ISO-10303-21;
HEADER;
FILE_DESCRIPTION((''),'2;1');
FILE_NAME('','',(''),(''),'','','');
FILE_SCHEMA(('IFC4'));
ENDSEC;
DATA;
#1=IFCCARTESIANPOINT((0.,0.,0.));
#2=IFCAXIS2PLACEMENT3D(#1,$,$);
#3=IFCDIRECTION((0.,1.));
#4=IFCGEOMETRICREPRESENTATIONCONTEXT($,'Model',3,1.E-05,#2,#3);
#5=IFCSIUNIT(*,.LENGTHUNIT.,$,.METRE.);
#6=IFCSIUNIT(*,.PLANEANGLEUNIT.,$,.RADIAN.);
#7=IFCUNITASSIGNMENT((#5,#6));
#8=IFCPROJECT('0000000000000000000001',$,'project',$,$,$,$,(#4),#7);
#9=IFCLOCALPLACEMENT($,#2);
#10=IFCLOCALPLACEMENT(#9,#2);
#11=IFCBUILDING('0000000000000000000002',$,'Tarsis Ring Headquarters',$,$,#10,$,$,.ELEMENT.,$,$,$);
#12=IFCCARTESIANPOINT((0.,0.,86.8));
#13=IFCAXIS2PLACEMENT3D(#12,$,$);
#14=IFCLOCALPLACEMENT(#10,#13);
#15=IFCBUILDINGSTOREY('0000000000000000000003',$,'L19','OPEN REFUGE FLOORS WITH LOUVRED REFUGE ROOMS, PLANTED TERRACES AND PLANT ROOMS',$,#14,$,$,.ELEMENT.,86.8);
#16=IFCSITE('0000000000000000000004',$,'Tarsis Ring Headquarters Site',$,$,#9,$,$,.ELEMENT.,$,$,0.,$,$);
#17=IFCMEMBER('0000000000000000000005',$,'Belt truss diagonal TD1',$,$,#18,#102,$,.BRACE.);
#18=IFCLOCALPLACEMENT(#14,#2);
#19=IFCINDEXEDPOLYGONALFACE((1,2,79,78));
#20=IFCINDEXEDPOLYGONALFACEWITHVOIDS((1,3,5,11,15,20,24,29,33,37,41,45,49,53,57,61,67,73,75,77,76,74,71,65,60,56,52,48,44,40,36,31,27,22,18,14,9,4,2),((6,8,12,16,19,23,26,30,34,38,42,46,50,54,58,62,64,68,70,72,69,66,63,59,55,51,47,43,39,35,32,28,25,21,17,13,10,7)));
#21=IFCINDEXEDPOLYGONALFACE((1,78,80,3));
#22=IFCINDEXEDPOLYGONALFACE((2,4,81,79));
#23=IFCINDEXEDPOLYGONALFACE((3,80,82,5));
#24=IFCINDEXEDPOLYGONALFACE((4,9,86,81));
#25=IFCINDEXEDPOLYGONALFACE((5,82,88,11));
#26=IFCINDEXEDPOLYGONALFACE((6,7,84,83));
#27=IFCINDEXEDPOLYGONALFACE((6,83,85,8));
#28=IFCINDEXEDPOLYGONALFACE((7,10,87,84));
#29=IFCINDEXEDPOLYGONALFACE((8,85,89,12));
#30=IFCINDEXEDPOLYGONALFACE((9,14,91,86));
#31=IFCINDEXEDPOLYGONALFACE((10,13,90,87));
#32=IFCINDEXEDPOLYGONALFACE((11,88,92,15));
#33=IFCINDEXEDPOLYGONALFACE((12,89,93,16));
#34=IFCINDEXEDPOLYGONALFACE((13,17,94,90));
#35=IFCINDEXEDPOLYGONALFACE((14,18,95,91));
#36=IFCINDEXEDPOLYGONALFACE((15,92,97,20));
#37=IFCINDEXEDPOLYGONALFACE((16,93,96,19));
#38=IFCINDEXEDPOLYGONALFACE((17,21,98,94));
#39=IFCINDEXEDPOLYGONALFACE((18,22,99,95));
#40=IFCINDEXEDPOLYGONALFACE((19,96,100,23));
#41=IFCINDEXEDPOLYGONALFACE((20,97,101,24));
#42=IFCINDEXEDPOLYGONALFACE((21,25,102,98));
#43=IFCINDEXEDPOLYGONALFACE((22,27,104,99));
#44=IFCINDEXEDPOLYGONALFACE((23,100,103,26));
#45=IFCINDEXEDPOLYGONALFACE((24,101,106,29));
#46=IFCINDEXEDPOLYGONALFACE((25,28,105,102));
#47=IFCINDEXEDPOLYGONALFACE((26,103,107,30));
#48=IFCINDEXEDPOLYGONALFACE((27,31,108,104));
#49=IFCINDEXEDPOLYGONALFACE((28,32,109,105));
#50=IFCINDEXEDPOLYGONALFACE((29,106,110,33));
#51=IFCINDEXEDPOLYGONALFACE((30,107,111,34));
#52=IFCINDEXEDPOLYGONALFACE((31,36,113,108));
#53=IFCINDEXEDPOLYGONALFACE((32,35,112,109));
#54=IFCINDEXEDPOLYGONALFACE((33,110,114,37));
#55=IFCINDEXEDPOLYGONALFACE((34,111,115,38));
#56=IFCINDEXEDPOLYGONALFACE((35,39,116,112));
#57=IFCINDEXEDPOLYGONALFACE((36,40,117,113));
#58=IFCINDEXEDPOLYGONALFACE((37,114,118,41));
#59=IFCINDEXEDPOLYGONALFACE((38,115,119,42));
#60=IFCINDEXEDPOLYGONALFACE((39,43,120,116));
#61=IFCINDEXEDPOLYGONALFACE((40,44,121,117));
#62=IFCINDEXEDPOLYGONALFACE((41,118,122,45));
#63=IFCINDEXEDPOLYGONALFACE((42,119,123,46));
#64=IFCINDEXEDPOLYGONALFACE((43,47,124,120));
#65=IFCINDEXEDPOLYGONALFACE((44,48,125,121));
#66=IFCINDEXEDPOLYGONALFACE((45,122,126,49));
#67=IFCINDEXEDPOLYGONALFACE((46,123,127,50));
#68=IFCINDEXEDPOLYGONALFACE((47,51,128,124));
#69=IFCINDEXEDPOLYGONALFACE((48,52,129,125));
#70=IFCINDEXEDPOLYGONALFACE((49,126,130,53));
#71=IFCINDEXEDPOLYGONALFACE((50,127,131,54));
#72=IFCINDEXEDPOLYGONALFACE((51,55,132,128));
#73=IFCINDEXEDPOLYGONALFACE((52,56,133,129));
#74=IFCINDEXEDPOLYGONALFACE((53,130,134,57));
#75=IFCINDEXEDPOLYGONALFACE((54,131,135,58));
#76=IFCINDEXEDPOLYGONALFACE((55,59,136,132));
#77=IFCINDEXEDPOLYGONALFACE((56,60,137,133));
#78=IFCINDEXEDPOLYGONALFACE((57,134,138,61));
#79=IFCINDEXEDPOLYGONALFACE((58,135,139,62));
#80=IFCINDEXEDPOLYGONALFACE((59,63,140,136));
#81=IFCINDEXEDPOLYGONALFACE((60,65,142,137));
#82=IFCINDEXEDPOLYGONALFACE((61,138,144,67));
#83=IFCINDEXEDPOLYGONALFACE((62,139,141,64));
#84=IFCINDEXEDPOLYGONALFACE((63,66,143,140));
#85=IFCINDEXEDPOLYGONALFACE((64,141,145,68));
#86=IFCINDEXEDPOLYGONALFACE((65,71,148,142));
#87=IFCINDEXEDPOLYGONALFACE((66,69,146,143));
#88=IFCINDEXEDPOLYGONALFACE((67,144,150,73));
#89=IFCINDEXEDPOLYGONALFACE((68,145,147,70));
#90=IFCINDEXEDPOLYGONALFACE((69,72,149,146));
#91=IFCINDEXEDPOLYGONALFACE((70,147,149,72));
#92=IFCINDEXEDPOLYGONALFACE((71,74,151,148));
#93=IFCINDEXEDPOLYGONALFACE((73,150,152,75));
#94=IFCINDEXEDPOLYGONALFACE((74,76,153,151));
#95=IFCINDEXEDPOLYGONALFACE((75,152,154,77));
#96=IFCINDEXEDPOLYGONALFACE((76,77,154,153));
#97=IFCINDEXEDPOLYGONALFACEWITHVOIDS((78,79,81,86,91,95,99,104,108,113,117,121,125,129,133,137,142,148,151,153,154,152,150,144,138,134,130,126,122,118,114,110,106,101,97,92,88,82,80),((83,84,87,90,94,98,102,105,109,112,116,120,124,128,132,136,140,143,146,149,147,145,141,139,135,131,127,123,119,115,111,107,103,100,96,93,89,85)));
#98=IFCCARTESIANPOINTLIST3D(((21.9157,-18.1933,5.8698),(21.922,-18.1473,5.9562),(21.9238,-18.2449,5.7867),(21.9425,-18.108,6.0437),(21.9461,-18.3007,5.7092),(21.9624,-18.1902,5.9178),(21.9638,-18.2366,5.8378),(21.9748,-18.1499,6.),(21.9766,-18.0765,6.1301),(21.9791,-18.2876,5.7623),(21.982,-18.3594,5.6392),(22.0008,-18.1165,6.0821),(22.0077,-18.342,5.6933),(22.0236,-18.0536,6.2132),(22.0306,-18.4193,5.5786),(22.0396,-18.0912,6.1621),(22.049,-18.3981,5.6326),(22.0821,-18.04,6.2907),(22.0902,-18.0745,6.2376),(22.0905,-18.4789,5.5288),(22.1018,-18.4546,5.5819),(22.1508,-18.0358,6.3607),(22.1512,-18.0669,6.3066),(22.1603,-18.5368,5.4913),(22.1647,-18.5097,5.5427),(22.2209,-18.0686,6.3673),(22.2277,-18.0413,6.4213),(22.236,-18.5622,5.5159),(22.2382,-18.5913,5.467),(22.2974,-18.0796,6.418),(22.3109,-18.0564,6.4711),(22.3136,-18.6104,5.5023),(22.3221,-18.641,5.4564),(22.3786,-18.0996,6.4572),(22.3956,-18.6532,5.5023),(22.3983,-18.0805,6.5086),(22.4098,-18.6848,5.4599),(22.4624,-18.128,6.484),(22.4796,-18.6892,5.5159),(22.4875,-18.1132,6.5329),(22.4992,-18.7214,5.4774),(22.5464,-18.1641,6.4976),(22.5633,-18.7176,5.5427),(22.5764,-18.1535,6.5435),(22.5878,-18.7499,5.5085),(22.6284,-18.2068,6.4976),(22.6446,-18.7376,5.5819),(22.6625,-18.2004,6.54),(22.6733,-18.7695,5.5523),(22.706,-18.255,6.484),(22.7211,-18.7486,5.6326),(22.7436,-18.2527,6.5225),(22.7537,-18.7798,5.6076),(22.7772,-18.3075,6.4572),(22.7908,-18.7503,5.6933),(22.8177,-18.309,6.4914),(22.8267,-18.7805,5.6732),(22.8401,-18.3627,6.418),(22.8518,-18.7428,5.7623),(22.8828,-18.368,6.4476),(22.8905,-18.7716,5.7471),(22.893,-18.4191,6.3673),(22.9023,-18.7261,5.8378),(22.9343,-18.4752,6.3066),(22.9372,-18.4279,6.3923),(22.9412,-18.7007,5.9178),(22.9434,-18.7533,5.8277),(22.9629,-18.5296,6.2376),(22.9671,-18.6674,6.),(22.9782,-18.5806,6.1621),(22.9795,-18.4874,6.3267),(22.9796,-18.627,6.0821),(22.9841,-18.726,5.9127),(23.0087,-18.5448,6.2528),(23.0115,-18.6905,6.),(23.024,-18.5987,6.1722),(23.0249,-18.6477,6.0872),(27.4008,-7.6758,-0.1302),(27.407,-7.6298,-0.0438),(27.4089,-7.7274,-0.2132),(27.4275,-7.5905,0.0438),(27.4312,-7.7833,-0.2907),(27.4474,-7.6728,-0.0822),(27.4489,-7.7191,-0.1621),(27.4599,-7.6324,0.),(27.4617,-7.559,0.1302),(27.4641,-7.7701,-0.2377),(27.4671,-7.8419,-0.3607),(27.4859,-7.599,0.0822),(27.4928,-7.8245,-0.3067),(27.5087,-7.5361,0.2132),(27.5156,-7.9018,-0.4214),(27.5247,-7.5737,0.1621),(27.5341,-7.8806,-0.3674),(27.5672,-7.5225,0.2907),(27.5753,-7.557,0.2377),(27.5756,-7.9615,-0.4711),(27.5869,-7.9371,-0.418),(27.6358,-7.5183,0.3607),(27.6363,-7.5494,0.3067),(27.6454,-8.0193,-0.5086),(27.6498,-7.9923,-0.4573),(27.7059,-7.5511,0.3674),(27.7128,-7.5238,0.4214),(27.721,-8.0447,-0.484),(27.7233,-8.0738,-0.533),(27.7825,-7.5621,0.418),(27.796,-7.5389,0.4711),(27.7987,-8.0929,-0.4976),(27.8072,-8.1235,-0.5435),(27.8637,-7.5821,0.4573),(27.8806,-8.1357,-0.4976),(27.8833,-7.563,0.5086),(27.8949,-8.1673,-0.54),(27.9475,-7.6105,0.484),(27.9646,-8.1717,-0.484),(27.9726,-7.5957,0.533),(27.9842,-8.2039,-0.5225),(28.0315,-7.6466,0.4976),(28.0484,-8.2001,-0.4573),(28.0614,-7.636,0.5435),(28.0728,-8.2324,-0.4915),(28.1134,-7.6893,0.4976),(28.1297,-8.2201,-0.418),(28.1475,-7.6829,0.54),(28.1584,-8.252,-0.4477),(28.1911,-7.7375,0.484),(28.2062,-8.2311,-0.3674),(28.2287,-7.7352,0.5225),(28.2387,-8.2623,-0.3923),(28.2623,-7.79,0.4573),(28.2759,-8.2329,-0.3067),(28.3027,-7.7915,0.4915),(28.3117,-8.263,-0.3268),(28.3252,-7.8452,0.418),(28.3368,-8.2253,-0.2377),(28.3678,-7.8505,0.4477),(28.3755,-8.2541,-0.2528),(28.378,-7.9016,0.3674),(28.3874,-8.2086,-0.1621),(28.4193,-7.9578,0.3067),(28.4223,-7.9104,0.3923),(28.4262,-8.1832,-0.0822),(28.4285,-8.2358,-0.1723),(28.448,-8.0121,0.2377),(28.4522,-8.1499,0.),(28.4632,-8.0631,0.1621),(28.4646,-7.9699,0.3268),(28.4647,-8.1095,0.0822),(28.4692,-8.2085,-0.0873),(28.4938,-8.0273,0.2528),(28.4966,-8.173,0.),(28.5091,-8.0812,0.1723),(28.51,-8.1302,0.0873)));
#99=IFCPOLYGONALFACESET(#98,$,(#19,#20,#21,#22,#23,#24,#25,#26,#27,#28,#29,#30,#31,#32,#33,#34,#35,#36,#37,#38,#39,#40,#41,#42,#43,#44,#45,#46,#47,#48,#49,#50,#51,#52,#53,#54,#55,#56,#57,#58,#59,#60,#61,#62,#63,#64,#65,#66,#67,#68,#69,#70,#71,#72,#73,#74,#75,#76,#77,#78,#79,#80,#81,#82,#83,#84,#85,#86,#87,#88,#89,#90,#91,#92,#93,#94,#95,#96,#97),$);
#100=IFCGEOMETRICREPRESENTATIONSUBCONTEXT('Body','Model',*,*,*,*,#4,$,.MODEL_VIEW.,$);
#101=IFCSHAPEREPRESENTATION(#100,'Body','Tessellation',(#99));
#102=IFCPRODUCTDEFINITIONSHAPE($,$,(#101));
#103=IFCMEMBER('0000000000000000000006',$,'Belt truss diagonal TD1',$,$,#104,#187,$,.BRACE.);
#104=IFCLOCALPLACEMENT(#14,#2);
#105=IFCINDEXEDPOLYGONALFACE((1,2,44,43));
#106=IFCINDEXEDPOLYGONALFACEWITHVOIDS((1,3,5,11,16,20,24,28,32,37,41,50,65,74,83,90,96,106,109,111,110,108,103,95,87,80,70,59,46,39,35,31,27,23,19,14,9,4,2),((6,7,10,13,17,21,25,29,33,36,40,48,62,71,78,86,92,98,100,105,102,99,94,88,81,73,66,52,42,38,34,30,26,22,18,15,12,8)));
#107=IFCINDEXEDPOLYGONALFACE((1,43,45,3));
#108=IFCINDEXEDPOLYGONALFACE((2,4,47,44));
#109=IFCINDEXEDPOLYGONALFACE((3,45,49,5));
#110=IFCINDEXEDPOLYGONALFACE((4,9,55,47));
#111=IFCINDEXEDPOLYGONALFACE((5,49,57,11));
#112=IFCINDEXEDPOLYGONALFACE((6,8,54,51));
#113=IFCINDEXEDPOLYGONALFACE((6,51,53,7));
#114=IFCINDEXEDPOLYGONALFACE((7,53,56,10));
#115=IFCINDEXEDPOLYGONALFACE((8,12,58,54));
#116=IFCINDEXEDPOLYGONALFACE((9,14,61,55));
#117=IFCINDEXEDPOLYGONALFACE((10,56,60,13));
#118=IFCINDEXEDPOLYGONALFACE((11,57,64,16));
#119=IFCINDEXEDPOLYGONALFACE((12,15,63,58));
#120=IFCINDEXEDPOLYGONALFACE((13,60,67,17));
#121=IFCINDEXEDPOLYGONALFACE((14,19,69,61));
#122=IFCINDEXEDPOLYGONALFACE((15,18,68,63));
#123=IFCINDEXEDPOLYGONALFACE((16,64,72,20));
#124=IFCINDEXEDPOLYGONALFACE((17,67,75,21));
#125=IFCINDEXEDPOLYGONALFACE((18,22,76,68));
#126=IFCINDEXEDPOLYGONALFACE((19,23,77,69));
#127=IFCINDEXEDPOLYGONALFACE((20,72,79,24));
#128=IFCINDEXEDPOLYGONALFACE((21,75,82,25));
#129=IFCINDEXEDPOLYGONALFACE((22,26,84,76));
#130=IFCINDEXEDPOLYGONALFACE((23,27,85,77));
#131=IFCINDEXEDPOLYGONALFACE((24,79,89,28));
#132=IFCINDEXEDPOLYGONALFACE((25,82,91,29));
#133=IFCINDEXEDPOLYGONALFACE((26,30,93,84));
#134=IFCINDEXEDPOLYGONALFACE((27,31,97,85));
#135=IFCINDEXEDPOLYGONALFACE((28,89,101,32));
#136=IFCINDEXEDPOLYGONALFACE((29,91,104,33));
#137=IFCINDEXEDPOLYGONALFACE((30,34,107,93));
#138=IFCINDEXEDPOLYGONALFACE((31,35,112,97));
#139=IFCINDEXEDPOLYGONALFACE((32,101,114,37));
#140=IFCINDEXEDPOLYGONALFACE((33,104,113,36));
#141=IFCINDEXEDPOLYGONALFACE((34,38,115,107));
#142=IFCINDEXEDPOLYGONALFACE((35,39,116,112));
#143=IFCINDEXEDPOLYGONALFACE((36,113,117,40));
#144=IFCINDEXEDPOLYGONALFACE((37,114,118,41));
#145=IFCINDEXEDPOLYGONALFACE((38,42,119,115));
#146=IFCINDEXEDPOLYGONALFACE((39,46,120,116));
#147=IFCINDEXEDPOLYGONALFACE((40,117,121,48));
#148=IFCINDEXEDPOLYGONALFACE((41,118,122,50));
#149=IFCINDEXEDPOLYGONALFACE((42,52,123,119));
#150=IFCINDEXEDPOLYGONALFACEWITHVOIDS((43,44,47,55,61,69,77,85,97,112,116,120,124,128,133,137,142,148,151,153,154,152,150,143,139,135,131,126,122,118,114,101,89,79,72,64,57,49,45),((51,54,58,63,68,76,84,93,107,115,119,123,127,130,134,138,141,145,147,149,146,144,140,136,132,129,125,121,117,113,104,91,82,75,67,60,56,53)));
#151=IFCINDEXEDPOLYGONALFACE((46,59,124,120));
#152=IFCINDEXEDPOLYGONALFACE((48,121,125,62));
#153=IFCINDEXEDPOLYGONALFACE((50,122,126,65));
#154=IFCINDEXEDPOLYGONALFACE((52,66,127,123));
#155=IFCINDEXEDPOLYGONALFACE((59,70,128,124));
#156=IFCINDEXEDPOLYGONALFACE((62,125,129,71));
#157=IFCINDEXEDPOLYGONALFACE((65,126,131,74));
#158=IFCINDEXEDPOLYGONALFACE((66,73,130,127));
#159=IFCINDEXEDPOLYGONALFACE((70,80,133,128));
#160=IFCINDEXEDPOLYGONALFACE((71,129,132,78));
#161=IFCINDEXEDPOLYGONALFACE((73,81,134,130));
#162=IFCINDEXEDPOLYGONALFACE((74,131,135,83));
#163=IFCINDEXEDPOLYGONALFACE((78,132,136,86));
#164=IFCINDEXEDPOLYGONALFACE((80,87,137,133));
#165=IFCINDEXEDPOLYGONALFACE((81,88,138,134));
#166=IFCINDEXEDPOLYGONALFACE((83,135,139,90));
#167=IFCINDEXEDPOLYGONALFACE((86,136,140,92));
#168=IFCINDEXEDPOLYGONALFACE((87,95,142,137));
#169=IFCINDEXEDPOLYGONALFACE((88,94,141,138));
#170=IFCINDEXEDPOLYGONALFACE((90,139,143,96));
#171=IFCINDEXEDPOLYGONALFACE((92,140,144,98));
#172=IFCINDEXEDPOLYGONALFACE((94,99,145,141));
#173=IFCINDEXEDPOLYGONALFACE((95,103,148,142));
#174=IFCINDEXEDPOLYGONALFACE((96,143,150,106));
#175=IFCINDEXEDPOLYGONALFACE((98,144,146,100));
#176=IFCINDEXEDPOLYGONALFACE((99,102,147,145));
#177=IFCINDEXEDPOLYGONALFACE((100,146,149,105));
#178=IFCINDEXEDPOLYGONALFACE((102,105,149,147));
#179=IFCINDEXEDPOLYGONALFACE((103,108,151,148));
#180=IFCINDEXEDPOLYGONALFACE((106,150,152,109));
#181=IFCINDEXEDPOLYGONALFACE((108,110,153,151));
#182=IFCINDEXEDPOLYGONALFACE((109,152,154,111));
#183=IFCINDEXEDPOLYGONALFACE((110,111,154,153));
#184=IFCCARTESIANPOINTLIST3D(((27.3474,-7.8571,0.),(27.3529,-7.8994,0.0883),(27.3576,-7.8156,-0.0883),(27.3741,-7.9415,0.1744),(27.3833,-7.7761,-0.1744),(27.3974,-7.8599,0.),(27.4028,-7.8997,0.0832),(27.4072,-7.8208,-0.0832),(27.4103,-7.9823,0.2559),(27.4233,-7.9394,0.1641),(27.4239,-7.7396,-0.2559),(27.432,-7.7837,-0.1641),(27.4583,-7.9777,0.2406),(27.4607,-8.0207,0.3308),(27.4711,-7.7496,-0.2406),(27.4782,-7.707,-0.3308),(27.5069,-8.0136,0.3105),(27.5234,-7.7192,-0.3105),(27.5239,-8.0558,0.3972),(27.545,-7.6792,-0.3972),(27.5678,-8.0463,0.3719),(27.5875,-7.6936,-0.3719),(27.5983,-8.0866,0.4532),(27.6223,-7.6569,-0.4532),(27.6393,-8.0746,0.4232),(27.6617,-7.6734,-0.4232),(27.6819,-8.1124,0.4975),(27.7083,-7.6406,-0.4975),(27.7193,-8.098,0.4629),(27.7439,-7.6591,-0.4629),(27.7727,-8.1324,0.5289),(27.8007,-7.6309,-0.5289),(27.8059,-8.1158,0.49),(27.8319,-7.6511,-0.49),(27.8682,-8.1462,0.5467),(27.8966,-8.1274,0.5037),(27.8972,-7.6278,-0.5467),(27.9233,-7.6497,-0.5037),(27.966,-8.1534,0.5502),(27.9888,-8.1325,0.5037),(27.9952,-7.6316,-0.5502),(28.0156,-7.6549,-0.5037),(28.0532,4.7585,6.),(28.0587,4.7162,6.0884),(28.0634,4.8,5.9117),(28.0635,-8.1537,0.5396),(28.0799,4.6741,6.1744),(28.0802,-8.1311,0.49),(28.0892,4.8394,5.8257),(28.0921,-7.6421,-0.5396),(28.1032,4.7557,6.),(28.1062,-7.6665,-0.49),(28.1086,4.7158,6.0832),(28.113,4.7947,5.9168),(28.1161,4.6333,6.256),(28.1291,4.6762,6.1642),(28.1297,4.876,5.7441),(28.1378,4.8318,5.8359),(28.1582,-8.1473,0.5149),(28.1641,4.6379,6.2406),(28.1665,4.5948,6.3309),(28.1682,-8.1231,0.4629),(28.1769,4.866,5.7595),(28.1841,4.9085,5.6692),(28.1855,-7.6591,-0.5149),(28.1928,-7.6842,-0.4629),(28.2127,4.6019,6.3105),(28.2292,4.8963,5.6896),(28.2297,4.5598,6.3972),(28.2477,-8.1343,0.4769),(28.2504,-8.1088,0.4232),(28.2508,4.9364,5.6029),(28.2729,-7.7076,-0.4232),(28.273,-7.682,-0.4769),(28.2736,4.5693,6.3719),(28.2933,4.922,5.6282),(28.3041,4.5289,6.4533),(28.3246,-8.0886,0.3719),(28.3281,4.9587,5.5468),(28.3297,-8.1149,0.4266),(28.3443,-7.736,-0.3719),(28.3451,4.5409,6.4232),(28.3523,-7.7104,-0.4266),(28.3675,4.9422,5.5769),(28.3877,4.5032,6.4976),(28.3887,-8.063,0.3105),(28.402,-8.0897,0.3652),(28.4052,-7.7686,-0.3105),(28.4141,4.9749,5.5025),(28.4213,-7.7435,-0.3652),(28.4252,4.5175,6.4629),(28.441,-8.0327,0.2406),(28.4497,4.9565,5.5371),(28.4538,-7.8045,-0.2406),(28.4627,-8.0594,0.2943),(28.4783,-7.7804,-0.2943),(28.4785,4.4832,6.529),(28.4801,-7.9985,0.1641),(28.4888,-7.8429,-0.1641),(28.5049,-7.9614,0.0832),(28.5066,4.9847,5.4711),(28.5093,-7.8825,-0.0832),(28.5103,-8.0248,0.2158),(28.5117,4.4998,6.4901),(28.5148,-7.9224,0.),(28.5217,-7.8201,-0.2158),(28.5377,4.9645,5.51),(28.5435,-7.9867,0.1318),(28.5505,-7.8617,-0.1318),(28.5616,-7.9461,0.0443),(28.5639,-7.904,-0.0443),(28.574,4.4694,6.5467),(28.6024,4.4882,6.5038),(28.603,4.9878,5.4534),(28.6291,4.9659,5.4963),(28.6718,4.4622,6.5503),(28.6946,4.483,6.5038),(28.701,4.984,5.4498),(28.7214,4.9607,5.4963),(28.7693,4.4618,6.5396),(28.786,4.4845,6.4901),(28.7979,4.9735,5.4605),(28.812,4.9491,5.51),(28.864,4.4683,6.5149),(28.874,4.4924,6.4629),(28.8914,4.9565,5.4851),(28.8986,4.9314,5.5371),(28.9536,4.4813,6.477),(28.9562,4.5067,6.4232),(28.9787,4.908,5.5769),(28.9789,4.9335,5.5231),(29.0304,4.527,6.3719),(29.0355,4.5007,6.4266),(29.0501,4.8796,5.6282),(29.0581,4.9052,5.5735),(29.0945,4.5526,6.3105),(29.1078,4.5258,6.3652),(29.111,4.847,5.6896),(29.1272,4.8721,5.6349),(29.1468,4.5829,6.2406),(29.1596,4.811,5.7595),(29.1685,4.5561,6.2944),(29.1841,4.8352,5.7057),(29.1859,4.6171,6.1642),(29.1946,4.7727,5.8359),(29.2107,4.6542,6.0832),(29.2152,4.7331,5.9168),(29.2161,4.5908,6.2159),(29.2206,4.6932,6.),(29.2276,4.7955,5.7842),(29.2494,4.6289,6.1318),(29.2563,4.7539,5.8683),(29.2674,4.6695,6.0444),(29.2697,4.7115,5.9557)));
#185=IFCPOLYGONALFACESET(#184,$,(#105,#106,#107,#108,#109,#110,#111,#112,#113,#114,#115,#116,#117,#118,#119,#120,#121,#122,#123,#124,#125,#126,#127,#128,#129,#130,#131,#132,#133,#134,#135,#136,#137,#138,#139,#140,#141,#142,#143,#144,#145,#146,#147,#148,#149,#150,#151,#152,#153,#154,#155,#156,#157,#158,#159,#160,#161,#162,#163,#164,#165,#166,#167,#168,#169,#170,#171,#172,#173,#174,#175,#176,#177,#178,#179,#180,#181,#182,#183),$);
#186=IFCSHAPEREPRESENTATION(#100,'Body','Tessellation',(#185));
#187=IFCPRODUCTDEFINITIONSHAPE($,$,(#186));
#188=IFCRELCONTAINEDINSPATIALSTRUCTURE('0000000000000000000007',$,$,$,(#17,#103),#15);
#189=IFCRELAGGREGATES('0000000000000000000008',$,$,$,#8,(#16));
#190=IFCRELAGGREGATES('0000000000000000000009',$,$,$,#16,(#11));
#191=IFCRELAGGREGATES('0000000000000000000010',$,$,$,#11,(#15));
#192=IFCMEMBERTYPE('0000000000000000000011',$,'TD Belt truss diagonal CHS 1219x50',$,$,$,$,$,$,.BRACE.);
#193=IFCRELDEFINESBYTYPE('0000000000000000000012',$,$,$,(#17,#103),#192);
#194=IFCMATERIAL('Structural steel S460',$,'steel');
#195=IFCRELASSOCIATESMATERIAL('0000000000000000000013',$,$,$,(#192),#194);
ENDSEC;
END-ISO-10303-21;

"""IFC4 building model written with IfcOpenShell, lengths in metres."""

from ifc_helpers import new_model, si_unit, direction, frame, origin, origin_2d, place, context, subcontext, project, spatial, hollow_circle, extrude, material, material_profile, profile_set, type_object, element, save


model = new_model("IFC4")

# Units and contexts
model_context = context("Model", 3, precision=1e-05, world=origin(), true_north=direction((0.0, 1.0)))
body_context = subcontext(model_context, "Body", "Model", "MODEL_VIEW")
ifc_project = project(units=[si_unit("LENGTHUNIT", "METRE"), si_unit("PLANEANGLEUNIT", "RADIAN")], contexts=[model_context])

# Site, building, storey
site_placement = place(None, origin())
site = spatial("IfcSite", under=ifc_project, at=site_placement, Name="Tarsis Ring Headquarters Site", CompositionType="ELEMENT", RefElevation=0.0)
building_placement = place(site_placement, origin())
building = spatial("IfcBuilding", under=site, at=building_placement, Name="Tarsis Ring Headquarters", CompositionType="ELEMENT")
storey_placement = place(building_placement, frame((0.0, 0.0, 86.8)))
storey = spatial("IfcBuildingStorey", under=building, at=storey_placement, Name="L19", Description="OPEN REFUGE FLOORS WITH LOUVRED REFUGE ROOMS, PLANTED TERRACES AND PLANT ROOMS", CompositionType="ELEMENT", Elevation=86.8)

# Shared definitions
ifc_material_1 = material(Name="Structural steel S460", Category="steel")
ifc_material_profile_1 = material_profile(ifc_material_1, hollow_circle(Radius=0.6096, WallThickness=0.05, at=origin_2d()), Name="CHS 1219x50")
ifc_profile_set_1 = profile_set([ifc_material_profile_1], Name="Structural steel S460")

# Members
member_type = type_object("IfcMemberType", Name="TD Belt truss diagonal CHS 1219x50", PredefinedType="BRACE", material=ifc_profile_set_1)
member_1_placement = place(storey_placement, frame((27.9561, -7.8911, 0.0), z_axis=(-0.412629, -0.791207, 0.451363), x_axis=(0.886665, -0.462412, 0.0)))
element("IfcMember", 1, at=member_1_placement, inside=storey, type_object=member_type, Name="Belt truss diagonal TD1", PredefinedType="BRACE", context=body_context, shape_type="SweptSolid", body=[
    extrude(hollow_circle(Radius=0.6096, WallThickness=0.05, at=origin_2d()), origin(), (0.0, 0.0, 1.0), 13.293),
])
member_2_placement = place(storey_placement, frame((27.9561, -7.8911, 0.0), z_axis=(0.05046, 0.901915, 0.428956), x_axis=(-0.998439, 0.055861, 0.0)))
element("IfcMember", 2, at=member_2_placement, inside=storey, type_object=member_type, Name="Belt truss diagonal TD1", PredefinedType="BRACE", context=body_context, shape_type="SweptSolid", body=[
    extrude(hollow_circle(Radius=0.6096, WallThickness=0.05, at=origin_2d()), origin(), (0.0, 0.0, 1.0), 13.9875),
])

save(model, "model.ifc")
